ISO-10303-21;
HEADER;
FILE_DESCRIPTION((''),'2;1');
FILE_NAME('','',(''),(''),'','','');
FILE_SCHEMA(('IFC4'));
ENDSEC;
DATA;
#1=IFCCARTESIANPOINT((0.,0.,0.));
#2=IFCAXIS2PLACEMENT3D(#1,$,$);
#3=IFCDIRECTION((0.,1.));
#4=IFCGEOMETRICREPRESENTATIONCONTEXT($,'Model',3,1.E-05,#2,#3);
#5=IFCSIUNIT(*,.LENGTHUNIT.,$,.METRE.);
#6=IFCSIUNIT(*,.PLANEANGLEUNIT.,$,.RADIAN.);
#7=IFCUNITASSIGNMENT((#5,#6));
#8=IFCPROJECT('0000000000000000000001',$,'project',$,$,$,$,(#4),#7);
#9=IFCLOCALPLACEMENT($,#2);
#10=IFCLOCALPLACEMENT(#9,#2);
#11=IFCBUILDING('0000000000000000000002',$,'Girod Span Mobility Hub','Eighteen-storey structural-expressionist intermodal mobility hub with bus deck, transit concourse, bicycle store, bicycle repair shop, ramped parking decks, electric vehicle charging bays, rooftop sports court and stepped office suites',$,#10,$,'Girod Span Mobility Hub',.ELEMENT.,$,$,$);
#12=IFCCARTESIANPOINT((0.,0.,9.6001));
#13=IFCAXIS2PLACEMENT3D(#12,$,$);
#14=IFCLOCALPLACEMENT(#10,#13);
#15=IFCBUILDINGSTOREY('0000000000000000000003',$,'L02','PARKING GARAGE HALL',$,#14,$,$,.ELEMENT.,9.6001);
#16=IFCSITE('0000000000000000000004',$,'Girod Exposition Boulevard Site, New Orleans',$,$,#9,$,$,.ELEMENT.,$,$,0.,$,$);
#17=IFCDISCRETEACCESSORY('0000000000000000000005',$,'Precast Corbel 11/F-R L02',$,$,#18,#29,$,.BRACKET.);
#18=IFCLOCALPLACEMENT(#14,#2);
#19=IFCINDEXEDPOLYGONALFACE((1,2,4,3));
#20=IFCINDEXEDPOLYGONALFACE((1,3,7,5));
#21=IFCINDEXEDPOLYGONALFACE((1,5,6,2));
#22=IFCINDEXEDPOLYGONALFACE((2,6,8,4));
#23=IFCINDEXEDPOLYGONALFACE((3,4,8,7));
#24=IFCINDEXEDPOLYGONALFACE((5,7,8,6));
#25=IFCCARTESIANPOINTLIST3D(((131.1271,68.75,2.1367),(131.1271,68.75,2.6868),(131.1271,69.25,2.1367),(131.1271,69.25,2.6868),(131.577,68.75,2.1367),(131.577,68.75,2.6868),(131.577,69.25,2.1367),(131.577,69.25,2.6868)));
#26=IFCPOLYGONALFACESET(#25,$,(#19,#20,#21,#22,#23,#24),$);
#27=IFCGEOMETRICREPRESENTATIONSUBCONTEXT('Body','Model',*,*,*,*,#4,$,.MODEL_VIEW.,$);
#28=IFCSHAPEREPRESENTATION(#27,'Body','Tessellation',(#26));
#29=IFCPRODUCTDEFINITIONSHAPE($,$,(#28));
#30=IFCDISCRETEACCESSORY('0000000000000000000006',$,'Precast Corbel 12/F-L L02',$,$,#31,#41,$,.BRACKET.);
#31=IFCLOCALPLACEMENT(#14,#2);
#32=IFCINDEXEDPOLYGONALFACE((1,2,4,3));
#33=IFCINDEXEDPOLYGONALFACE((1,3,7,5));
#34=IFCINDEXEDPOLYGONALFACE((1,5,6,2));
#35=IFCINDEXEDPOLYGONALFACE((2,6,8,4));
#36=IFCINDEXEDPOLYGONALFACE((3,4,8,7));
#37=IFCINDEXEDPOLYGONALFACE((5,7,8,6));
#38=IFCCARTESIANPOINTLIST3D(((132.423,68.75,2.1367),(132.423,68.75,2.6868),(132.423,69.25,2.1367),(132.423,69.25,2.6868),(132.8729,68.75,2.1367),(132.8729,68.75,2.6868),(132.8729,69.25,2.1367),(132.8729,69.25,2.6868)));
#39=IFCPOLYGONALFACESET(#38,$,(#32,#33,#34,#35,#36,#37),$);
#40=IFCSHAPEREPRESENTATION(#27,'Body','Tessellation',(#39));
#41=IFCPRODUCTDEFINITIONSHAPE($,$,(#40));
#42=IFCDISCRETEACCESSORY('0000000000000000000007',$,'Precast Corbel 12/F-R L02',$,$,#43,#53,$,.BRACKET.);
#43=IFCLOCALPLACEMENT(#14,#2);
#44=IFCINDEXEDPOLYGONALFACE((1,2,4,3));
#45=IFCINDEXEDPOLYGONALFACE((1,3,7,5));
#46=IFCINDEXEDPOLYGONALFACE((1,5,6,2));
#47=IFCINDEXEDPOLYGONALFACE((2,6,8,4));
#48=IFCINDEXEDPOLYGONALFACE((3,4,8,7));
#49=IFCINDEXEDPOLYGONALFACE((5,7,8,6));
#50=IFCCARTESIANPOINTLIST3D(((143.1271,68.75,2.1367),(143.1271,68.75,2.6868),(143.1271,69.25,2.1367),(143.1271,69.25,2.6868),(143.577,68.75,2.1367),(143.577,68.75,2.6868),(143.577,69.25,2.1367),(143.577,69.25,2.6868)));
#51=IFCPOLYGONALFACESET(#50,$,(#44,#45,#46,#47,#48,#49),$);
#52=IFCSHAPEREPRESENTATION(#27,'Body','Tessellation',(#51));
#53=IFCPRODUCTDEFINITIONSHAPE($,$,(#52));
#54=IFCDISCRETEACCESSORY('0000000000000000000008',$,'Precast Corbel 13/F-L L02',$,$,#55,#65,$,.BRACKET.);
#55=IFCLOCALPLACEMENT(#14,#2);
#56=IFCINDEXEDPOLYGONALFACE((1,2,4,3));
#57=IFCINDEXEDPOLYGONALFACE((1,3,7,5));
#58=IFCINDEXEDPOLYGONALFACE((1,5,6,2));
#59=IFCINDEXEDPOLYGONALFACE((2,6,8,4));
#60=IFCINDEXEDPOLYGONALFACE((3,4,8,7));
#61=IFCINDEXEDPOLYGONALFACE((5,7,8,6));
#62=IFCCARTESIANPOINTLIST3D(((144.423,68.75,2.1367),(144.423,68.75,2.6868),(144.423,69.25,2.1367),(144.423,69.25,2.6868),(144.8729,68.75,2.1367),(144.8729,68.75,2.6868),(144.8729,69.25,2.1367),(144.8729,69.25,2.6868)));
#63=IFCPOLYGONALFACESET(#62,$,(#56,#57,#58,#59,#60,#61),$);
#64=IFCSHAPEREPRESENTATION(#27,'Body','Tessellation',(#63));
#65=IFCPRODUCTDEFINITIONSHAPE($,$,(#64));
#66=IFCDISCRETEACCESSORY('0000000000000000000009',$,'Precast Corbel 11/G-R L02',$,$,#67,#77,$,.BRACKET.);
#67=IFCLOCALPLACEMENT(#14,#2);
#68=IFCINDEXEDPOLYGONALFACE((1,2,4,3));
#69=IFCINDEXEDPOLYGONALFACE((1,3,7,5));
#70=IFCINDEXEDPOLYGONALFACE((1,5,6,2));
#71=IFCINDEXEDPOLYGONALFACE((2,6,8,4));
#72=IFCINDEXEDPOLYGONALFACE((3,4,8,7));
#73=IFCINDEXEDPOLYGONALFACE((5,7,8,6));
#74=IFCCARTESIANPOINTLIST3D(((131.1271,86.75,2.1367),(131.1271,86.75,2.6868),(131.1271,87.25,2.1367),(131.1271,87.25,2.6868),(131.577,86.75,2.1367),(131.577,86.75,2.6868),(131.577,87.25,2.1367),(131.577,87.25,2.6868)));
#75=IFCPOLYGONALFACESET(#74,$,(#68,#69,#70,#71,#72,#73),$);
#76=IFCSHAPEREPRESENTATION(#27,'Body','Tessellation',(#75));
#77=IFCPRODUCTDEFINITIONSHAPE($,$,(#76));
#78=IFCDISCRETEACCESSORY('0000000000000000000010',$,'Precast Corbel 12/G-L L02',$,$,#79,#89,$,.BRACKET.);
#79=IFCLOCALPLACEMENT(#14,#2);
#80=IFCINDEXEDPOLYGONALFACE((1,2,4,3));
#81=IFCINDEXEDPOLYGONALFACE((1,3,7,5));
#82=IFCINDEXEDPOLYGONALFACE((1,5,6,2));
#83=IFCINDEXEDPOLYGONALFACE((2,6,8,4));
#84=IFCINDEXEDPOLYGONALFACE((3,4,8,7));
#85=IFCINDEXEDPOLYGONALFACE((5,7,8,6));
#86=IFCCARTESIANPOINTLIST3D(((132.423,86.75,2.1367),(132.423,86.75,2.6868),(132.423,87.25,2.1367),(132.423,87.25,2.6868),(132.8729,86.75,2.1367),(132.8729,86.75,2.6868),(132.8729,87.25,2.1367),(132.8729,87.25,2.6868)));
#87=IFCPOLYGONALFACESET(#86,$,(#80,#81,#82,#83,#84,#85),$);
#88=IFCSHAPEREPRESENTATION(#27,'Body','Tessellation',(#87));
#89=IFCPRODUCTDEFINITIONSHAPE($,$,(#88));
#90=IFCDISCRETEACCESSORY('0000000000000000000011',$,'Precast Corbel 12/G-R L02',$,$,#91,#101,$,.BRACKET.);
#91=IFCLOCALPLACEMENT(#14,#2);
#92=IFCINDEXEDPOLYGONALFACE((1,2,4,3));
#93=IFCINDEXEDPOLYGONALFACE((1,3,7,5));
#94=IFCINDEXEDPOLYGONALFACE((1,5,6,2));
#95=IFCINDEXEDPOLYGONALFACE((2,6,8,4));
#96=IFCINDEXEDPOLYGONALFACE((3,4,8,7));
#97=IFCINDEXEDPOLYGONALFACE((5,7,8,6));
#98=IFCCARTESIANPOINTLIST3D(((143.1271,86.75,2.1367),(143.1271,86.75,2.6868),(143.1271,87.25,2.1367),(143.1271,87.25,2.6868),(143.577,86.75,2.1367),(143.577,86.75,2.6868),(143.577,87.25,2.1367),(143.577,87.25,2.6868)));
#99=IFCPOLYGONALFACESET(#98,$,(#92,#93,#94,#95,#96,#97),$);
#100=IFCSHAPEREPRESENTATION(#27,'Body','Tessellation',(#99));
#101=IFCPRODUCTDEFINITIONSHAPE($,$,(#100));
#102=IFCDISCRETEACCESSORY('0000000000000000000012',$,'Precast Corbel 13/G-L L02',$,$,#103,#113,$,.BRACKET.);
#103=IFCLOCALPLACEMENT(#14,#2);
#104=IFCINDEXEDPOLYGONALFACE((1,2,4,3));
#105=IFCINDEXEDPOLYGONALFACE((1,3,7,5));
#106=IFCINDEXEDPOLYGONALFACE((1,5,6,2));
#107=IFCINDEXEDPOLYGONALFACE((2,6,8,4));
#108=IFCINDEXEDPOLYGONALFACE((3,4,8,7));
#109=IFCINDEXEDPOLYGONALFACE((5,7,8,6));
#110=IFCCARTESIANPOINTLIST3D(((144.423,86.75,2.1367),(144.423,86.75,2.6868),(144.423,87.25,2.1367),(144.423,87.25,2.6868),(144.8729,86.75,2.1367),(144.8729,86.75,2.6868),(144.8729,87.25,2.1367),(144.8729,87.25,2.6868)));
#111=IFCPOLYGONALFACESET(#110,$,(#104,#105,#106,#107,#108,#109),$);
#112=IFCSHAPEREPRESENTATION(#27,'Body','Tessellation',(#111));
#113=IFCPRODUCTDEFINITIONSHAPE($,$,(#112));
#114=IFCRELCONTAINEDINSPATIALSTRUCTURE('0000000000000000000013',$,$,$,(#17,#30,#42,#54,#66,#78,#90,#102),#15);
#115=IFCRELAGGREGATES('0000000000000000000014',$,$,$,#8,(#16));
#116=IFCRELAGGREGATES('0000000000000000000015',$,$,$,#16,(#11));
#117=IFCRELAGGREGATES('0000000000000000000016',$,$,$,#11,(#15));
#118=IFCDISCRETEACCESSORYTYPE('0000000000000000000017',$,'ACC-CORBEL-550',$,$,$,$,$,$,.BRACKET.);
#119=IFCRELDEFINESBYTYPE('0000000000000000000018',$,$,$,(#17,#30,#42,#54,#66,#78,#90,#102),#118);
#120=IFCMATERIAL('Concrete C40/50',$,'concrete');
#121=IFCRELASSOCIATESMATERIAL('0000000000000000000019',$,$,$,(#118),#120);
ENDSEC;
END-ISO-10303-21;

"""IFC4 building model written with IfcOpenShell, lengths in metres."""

from ifc_helpers import new_model, si_unit, direction, frame, origin, origin_2d, place, context, subcontext, project, spatial, rectangle, extrude, material, type_object, element, save


model = new_model("IFC4")

# Units and contexts
model_context = context("Model", 3, precision=1e-05, world=origin(), true_north=direction((0.0, 1.0)))
body_context = subcontext(model_context, "Body", "Model", "MODEL_VIEW")
ifc_project = project(units=[si_unit("LENGTHUNIT", "METRE"), si_unit("PLANEANGLEUNIT", "RADIAN")], contexts=[model_context])

# Site, building, storey
site_placement = place(None, origin())
site = spatial("IfcSite", under=ifc_project, at=site_placement, Name="Girod Exposition Boulevard Site, New Orleans", CompositionType="ELEMENT", RefElevation=0.0)
building_placement = place(site_placement, origin())
building = spatial("IfcBuilding", under=site, at=building_placement, Name="Girod Span Mobility Hub", Description="Eighteen-storey structural-expressionist intermodal mobility hub with bus deck, transit concourse, bicycle store, bicycle repair shop, ramped parking decks, electric vehicle charging bays, rooftop sports court and stepped office suites", LongName="Girod Span Mobility Hub", CompositionType="ELEMENT")
storey_placement = place(building_placement, frame((0.0, 0.0, 9.6001)))
storey = spatial("IfcBuildingStorey", under=building, at=storey_placement, Name="L02", Description="PARKING GARAGE HALL", CompositionType="ELEMENT", Elevation=9.6001)

# Discrete accessories
ifc_material_1 = material(Name="Concrete C40/50", Category="concrete")
discrete_accessory_type = type_object("IfcDiscreteAccessoryType", Name="ACC-CORBEL-550", PredefinedType="BRACKET", material=ifc_material_1)
for number, where, z_axis, x_axis, name in (
    (1, (131.3521, 69.0, 2.1367), (0.0, 0.0, 1.0), (1.0, 0.0, 0.0), "Precast Corbel 11/F-R L02"),
    (2, (132.6479, 69.0, 2.1367), (0.0, 0.0, 1.0), (1.0, 0.0, 0.0), "Precast Corbel 12/F-L L02"),
    (3, (143.3521, 69.0, 2.1367), (0.0, 0.0, 1.0), (1.0, 0.0, 0.0), "Precast Corbel 12/F-R L02"),
    (4, (144.6479, 69.0, 2.1367), (0.0, 0.0, 1.0), (1.0, 0.0, 0.0), "Precast Corbel 13/F-L L02"),
    (5, (131.3521, 87.0, 2.1367), (0.0, 0.0, 1.0), (1.0, 0.0, 0.0), "Precast Corbel 11/G-R L02"),
    (6, (132.6479, 87.0, 2.1367), (0.0, 0.0, 1.0), (1.0, 0.0, 0.0), "Precast Corbel 12/G-L L02"),
    (7, (143.3521, 87.0, 2.1367), (0.0, 0.0, 1.0), (1.0, 0.0, 0.0), "Precast Corbel 12/G-R L02"),
    (8, (144.6479, 87.0, 2.1367), (0.0, 0.0, 1.0), (1.0, 0.0, 0.0), "Precast Corbel 13/G-L L02"),
):
    element("IfcDiscreteAccessory", number, at=place(storey_placement, frame(where, z_axis=z_axis, x_axis=x_axis)), inside=storey, type_object=discrete_accessory_type, Name=name, PredefinedType="BRACKET", context=body_context, shape_type="SweptSolid", body=[
        extrude(rectangle(XDim=0.45, YDim=0.5, at=origin_2d()), origin(), (0.0, 0.0, 1.0), 0.55),
    ])

save(model, "model.ifc")
